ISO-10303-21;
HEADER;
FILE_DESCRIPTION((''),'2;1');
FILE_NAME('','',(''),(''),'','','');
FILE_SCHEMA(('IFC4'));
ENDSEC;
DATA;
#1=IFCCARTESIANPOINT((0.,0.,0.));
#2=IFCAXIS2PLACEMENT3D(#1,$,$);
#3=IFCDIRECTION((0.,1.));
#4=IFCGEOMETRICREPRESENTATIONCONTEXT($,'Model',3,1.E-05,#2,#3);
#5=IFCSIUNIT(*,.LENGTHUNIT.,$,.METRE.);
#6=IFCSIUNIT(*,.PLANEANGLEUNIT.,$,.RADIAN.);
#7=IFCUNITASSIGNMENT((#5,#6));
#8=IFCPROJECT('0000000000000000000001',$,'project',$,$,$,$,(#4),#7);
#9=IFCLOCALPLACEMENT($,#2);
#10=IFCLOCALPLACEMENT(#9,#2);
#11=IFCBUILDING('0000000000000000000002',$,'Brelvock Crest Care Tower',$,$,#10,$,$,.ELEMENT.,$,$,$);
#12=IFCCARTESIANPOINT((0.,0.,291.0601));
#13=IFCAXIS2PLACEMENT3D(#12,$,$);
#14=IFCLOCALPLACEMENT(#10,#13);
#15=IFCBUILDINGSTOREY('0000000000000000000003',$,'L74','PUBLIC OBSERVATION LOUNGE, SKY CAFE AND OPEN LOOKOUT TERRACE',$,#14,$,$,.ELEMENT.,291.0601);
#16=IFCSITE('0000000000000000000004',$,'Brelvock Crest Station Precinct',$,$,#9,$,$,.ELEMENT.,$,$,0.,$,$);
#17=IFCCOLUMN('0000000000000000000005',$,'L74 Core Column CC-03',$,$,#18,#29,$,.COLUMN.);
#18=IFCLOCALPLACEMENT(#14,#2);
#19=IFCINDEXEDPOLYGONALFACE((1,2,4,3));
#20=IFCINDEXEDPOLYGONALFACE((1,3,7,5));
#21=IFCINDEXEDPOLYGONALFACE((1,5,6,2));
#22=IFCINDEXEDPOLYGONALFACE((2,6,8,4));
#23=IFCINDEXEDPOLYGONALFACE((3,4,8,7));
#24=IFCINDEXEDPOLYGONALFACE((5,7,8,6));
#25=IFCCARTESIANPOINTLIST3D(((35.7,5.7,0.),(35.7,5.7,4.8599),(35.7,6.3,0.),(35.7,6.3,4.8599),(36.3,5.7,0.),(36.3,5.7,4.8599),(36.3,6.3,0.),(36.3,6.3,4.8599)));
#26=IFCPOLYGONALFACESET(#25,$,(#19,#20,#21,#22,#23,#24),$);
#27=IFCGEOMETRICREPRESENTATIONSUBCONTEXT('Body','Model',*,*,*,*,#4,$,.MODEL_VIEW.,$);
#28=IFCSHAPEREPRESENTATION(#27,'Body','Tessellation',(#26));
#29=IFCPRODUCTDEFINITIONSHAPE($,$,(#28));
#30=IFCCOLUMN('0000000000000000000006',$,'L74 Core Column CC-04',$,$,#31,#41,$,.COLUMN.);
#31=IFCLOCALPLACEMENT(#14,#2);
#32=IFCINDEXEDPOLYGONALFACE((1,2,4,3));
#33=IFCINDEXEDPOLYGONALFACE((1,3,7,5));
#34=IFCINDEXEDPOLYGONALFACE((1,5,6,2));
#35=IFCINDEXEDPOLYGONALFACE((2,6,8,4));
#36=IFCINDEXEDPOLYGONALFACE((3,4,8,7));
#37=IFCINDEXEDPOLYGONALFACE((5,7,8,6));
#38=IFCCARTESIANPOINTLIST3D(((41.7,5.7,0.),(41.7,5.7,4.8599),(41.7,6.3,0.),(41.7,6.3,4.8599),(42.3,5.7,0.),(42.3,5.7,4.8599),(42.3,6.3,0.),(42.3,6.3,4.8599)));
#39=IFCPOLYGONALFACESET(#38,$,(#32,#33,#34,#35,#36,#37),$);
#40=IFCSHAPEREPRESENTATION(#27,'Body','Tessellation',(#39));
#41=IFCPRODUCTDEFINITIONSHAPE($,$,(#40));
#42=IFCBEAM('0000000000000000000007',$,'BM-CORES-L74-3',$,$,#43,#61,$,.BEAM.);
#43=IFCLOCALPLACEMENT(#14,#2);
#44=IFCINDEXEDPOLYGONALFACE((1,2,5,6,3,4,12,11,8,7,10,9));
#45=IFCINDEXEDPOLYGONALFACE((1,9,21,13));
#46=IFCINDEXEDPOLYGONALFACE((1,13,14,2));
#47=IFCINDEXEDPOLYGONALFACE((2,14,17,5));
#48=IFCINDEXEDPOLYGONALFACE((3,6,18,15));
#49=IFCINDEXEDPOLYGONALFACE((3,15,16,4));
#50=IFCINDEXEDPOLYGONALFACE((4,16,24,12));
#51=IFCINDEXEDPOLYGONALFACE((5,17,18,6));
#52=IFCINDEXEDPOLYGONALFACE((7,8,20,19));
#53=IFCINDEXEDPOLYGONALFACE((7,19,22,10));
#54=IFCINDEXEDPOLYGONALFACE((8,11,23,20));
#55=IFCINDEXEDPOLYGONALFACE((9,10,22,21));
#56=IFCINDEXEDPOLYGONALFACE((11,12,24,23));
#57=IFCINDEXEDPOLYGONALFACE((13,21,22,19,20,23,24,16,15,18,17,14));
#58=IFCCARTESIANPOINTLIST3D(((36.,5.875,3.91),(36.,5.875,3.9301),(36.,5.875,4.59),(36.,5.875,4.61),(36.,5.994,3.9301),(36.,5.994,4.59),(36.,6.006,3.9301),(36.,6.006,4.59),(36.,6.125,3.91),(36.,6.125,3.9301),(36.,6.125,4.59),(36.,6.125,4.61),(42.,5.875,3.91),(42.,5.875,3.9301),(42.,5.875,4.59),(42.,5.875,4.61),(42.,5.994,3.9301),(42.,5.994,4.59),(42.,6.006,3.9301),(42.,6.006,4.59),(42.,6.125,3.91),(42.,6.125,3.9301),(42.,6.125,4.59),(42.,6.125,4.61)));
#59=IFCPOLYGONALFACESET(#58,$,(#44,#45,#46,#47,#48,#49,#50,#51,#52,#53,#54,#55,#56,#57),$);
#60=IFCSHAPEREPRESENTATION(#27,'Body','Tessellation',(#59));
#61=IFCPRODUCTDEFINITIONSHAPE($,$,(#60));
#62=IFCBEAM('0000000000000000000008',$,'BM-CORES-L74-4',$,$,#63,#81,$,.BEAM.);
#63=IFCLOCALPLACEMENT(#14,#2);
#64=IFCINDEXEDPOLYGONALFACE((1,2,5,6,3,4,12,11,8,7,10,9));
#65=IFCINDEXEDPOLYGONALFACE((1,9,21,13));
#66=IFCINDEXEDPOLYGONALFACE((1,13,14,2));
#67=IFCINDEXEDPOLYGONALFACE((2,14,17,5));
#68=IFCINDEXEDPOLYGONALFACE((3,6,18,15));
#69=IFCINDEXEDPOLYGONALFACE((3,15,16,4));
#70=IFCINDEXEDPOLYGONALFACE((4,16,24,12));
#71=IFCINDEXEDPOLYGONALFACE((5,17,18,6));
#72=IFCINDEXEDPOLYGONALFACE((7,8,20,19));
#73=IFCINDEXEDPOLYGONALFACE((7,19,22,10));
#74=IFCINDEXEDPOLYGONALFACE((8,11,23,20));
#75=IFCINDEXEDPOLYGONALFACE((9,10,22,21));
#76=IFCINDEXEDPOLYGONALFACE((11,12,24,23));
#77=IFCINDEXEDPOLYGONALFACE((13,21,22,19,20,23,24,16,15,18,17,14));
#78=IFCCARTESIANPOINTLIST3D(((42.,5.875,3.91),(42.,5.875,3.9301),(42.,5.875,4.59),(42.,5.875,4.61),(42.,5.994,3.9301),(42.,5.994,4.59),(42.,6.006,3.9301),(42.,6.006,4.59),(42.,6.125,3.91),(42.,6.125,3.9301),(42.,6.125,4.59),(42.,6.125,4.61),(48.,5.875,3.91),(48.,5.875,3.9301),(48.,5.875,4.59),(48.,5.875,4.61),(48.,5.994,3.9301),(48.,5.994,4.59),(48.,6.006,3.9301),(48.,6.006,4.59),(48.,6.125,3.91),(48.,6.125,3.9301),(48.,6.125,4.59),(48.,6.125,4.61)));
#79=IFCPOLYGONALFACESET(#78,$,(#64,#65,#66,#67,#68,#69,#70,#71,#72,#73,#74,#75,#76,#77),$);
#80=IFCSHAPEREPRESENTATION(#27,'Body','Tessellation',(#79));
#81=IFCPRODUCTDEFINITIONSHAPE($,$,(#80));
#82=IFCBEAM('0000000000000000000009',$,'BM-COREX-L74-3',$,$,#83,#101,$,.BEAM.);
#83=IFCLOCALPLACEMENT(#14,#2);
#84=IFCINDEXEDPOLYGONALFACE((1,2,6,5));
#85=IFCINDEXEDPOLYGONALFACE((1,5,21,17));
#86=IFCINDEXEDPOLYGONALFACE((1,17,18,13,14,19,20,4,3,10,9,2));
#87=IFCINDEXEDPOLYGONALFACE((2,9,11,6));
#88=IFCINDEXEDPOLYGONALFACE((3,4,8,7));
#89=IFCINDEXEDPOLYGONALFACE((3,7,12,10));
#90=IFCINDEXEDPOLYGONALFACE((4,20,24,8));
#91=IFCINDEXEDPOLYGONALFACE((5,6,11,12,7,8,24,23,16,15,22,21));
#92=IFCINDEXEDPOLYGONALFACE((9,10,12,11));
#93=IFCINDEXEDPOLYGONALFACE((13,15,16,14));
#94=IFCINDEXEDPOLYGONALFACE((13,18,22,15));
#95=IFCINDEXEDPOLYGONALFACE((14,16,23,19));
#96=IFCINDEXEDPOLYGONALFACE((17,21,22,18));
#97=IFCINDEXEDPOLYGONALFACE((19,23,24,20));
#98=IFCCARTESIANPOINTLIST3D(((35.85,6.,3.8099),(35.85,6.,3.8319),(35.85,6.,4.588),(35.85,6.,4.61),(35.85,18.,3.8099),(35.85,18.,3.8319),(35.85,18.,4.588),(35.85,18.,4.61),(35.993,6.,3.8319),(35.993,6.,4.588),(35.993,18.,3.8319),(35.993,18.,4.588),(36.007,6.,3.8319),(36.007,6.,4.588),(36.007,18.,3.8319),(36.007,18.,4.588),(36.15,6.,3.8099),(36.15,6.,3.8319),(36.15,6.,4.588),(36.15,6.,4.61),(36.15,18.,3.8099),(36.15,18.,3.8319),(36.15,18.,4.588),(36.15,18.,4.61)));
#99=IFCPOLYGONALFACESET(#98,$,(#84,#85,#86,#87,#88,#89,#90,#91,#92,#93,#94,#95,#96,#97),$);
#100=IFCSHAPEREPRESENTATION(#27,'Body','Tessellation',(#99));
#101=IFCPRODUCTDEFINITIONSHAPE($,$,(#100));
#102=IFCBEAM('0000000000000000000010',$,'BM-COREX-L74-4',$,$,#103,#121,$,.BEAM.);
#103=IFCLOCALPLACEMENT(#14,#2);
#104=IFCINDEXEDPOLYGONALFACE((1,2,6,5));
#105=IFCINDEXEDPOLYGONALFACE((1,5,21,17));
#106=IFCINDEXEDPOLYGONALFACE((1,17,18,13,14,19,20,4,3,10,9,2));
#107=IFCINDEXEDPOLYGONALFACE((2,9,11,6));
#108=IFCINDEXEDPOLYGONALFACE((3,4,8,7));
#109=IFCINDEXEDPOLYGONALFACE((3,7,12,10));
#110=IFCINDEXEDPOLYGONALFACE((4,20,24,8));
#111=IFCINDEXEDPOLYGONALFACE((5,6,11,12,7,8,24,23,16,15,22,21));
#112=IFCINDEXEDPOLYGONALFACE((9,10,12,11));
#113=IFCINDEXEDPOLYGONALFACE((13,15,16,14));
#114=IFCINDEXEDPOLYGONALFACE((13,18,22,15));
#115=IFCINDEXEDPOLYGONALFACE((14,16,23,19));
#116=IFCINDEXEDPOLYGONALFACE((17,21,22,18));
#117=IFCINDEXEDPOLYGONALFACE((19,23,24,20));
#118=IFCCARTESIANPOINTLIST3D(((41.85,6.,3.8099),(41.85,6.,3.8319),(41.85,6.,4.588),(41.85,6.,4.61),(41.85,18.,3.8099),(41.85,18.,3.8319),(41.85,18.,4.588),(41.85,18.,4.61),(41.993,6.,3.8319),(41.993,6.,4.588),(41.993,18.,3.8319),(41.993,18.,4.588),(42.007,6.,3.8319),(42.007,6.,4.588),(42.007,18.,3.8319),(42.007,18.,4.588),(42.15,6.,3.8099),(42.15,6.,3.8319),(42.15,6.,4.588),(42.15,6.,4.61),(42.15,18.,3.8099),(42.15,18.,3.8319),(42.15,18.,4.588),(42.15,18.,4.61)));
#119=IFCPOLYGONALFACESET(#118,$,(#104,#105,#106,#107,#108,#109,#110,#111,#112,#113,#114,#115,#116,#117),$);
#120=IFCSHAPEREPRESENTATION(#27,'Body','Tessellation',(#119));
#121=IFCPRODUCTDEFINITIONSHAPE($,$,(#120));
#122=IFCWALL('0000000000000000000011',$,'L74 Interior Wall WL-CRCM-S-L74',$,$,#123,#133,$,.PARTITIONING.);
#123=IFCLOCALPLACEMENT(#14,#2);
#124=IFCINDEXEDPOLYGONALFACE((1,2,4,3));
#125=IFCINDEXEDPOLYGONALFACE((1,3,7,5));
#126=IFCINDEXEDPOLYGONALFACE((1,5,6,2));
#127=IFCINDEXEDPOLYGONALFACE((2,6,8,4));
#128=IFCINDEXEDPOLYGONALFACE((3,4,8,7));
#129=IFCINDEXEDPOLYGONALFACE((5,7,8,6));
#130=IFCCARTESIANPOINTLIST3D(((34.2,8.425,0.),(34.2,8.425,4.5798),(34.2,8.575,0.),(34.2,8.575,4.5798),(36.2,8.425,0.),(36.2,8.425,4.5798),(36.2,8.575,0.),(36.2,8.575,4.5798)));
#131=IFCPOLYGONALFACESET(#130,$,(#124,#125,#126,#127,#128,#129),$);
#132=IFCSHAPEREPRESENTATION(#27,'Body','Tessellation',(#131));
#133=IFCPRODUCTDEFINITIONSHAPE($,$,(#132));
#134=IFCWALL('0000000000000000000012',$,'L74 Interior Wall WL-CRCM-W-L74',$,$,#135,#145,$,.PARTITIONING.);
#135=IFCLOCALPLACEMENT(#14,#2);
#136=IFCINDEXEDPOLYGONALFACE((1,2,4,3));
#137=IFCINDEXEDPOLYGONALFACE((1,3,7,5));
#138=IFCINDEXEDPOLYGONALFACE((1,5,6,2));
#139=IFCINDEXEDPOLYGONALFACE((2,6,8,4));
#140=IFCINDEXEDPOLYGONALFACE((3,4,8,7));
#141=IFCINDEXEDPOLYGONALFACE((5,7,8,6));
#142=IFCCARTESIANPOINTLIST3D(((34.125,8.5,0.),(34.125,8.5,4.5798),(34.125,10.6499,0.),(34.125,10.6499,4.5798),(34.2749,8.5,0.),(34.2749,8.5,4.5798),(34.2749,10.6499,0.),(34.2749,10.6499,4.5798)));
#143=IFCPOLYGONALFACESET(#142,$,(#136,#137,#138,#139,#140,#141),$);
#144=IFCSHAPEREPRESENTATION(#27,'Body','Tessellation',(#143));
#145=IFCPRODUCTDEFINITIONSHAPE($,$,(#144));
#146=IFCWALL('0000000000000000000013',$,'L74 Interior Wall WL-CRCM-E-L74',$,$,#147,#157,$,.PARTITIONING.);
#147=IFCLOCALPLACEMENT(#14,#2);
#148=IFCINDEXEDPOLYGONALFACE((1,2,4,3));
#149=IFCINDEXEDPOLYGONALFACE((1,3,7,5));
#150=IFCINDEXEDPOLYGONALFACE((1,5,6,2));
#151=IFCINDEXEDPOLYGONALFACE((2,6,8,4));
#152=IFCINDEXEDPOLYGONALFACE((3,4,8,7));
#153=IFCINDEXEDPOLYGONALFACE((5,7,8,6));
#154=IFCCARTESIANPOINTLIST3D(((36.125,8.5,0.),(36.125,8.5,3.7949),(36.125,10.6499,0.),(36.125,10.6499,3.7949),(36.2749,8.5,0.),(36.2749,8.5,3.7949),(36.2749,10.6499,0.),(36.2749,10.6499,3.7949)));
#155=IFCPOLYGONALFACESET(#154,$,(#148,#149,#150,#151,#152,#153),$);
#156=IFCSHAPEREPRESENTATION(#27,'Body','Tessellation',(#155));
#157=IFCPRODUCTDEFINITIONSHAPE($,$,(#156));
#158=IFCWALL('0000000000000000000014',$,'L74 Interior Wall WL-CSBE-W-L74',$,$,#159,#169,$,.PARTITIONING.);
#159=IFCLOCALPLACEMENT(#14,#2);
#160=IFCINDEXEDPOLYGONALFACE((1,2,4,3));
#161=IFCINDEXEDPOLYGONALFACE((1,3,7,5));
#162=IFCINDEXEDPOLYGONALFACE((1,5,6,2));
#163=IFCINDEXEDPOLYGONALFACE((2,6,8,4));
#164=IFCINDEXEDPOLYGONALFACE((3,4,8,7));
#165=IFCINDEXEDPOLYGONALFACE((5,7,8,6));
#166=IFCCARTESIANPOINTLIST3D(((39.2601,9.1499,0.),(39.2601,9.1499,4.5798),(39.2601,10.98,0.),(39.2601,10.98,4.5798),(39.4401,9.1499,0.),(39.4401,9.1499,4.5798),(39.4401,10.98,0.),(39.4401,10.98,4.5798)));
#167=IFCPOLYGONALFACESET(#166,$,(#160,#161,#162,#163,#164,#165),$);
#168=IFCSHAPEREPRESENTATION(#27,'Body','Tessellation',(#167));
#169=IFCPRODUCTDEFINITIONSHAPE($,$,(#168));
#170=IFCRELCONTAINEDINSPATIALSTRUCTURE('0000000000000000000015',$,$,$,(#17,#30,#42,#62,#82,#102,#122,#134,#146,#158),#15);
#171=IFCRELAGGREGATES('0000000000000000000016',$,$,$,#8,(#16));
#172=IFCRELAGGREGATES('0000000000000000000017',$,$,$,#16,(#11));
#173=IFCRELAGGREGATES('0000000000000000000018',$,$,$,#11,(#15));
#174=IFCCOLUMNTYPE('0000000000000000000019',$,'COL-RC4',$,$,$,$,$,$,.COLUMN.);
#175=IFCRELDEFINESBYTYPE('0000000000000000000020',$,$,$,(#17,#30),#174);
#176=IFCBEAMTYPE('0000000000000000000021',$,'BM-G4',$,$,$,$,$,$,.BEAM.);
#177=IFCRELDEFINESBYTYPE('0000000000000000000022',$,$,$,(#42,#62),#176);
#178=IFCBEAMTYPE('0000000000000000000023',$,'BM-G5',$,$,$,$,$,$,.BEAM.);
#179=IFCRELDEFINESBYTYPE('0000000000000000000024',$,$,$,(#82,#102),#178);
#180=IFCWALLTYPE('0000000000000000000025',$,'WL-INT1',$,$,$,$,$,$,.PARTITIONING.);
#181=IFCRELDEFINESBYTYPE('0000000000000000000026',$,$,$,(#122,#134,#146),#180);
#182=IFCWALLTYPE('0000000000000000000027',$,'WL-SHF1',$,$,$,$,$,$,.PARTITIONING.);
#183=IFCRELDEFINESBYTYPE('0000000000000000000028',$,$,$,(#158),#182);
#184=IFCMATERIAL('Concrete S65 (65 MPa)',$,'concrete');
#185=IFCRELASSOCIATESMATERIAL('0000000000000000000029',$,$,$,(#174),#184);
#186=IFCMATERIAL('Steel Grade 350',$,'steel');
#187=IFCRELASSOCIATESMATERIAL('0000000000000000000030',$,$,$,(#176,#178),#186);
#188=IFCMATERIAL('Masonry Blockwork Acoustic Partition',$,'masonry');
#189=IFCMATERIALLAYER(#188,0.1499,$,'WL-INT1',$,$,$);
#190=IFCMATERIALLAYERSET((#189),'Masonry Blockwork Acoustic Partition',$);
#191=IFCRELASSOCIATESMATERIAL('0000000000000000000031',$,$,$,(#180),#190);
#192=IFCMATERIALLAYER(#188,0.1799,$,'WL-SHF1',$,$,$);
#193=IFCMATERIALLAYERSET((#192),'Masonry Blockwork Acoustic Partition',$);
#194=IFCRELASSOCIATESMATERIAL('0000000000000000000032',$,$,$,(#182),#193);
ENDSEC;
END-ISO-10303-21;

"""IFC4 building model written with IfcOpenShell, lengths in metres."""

from ifc_helpers import new_model, si_unit, direction, frame, frame_2d, origin, origin_2d, place, context, subcontext, project, spatial, rectangle, i_section, extrude, source, transform, mapped, material, layer, layer_set, material_profile, profile_set, type_object, element, save


model = new_model("IFC4")

# Units and contexts
model_context = context("Model", 3, precision=1e-05, world=origin(), true_north=direction((0.0, 1.0)))
body_context = subcontext(model_context, "Body", "Model", "MODEL_VIEW")
ifc_project = project(units=[si_unit("LENGTHUNIT", "METRE"), si_unit("PLANEANGLEUNIT", "RADIAN")], contexts=[model_context])

# Site, building, storey
site_placement = place(None, origin())
site = spatial("IfcSite", under=ifc_project, at=site_placement, Name="Brelvock Crest Station Precinct", CompositionType="ELEMENT", RefElevation=0.0)
building_placement = place(site_placement, origin())
building = spatial("IfcBuilding", under=site, at=building_placement, Name="Brelvock Crest Care Tower", CompositionType="ELEMENT")
storey_placement = place(building_placement, frame((0.0, 0.0, 291.0601)))
storey = spatial("IfcBuildingStorey", under=building, at=storey_placement, Name="L74", Description="PUBLIC OBSERVATION LOUNGE, SKY CAFE AND OPEN LOOKOUT TERRACE", CompositionType="ELEMENT", Elevation=291.0601)

# Columns
ifc_material_1 = material(Name="Concrete S65 (65 MPa)", Category="concrete")
ifc_material_profile_1 = material_profile(ifc_material_1, rectangle(XDim=0.6001, YDim=0.6001, at=origin_2d()), Name="RC600x600")
ifc_profile_set_1 = profile_set([ifc_material_profile_1], Name="Concrete S65 (65 MPa)")
column_type = type_object("IfcColumnType", Name="COL-RC4", PredefinedType="COLUMN", material=ifc_profile_set_1)
shared_shape_1 = source(origin(), body_context, "Body", "SweptSolid", [
    extrude(rectangle(XDim=0.6001, YDim=0.6001, at=origin_2d()), origin(), (0.0, 0.0, 1.0), 4.8599),
])
for number, where, z_axis, x_axis, name in (
    (1, (36.0, 6.0, 0.0), (0.0, 0.0, 1.0), (1.0, 0.0, 0.0), "L74 Core Column CC-03"),
    (2, (42.0, 6.0, 0.0), (0.0, 0.0, 1.0), (1.0, 0.0, 0.0), "L74 Core Column CC-04"),
):
    element("IfcColumn", number, at=place(storey_placement, frame(where, z_axis=z_axis, x_axis=x_axis)), inside=storey, type_object=column_type, Name=name, PredefinedType="COLUMN", context=body_context, shape_type="MappedRepresentation", body=[
        mapped(shared_shape_1, transform((0.0, 0.0, 0.0), x_axis=(1.0, 0.0, 0.0), y_axis=(0.0, 1.0, 0.0), z_axis=(0.0, 0.0, 1.0), scale=1.0)),
    ])

# Beams
ifc_material_2 = material(Name="Steel Grade 350", Category="steel")
ifc_material_profile_2 = material_profile(ifc_material_2, i_section(OverallWidth=0.25, OverallDepth=0.7, WebThickness=0.012, FlangeThickness=0.02, at=origin_2d()), Name="700WB150")
ifc_profile_set_2 = profile_set([ifc_material_profile_2], Name="Steel Grade 350")
beam_type_1 = type_object("IfcBeamType", Name="BM-G4", PredefinedType="BEAM", material=ifc_profile_set_2)
shared_shape_2 = source(origin(), body_context, "Body", "SweptSolid", [
    extrude(i_section(OverallWidth=0.25, OverallDepth=0.7, WebThickness=0.012, FlangeThickness=0.02, at=origin_2d()), origin(), (0.0, 0.0, 1.0), 6.0),
])
for number, where, z_axis, x_axis, name in (
    (3, (36.0, 6.0, 4.26), (1.0, 0.0, 0.0), (0.0, 1.0, 0.0), "BM-CORES-L74-3"),
    (4, (42.0, 6.0, 4.26), (1.0, 0.0, 0.0), (0.0, 1.0, 0.0), "BM-CORES-L74-4"),
):
    element("IfcBeam", number, at=place(storey_placement, frame(where, z_axis=z_axis, x_axis=x_axis)), inside=storey, type_object=beam_type_1, Name=name, PredefinedType="BEAM", context=body_context, shape_type="MappedRepresentation", body=[
        mapped(shared_shape_2, transform((0.0, 0.0, 0.0), x_axis=(1.0, 0.0, 0.0), y_axis=(0.0, 1.0, 0.0), z_axis=(0.0, 0.0, 1.0), scale=1.0)),
    ])
ifc_material_profile_3 = material_profile(ifc_material_2, i_section(OverallWidth=0.3, OverallDepth=0.8, WebThickness=0.0139, FlangeThickness=0.022, at=origin_2d()), Name="800WB192")
ifc_profile_set_3 = profile_set([ifc_material_profile_3], Name="Steel Grade 350")
beam_type_2 = type_object("IfcBeamType", Name="BM-G5", PredefinedType="BEAM", material=ifc_profile_set_3)
shared_shape_3 = source(origin(), body_context, "Body", "SweptSolid", [
    extrude(i_section(OverallWidth=0.3, OverallDepth=0.8, WebThickness=0.0139, FlangeThickness=0.022, at=origin_2d()), origin(), (0.0, 0.0, 1.0), 12.0),
])
for number, where, z_axis, x_axis, name in (
    (5, (36.0, 6.0, 4.21), (0.0, 1.0, 0.0), (-1.0, 0.0, 0.0), "BM-COREX-L74-3"),
    (6, (42.0, 6.0, 4.21), (0.0, 1.0, 0.0), (-1.0, 0.0, 0.0), "BM-COREX-L74-4"),
):
    element("IfcBeam", number, at=place(storey_placement, frame(where, z_axis=z_axis, x_axis=x_axis)), inside=storey, type_object=beam_type_2, Name=name, PredefinedType="BEAM", context=body_context, shape_type="MappedRepresentation", body=[
        mapped(shared_shape_3, transform((0.0, 0.0, 0.0), x_axis=(1.0, 0.0, 0.0), y_axis=(0.0, 1.0, 0.0), z_axis=(0.0, 0.0, 1.0), scale=1.0)),
    ])

# Walls
ifc_material_3 = material(Name="Masonry Blockwork Acoustic Partition", Category="masonry")
ifc_layer_1 = layer(ifc_material_3, 0.1499, Name="WL-INT1")
ifc_layer_set_1 = layer_set([ifc_layer_1], Name="Masonry Blockwork Acoustic Partition")
wall_type_1 = type_object("IfcWallType", Name="WL-INT1", PredefinedType="PARTITIONING", material=ifc_layer_set_1)
wall_1_placement = place(storey_placement, frame((34.2, 8.5, 0.0), z_axis=(0.0, 0.0, 1.0), x_axis=(1.0, 0.0, 0.0)))
element("IfcWall", 7, at=wall_1_placement, inside=storey, type_object=wall_type_1, Name="L74 Interior Wall WL-CRCM-S-L74", PredefinedType="PARTITIONING", context=body_context, shape_type="SweptSolid", body=[
    extrude(rectangle(XDim=2.0, YDim=0.1499, at=frame_2d((1.0, 0.0))), origin(), (0.0, 0.0, 1.0), 4.5798),
])
wall_2_placement = place(storey_placement, frame((34.2, 8.5, 0.0), z_axis=(0.0, 0.0, 1.0), x_axis=(0.0, 1.0, 0.0)))
element("IfcWall", 8, at=wall_2_placement, inside=storey, type_object=wall_type_1, Name="L74 Interior Wall WL-CRCM-W-L74", PredefinedType="PARTITIONING", context=body_context, shape_type="SweptSolid", body=[
    extrude(rectangle(XDim=2.1499, YDim=0.1499, at=frame_2d((1.075, 0.0))), origin(), (0.0, 0.0, 1.0), 4.5798),
])
wall_3_placement = place(storey_placement, frame((36.2, 8.5, 0.0), z_axis=(0.0, 0.0, 1.0), x_axis=(0.0, 1.0, 0.0)))
element("IfcWall", 9, at=wall_3_placement, inside=storey, type_object=wall_type_1, Name="L74 Interior Wall WL-CRCM-E-L74", PredefinedType="PARTITIONING", context=body_context, shape_type="SweptSolid", body=[
    extrude(rectangle(XDim=2.1499, YDim=0.1499, at=frame_2d((1.075, 0.0))), origin(), (0.0, 0.0, 1.0), 3.7949),
])
ifc_layer_2 = layer(ifc_material_3, 0.1799, Name="WL-SHF1")
ifc_layer_set_2 = layer_set([ifc_layer_2], Name="Masonry Blockwork Acoustic Partition")
wall_type_2 = type_object("IfcWallType", Name="WL-SHF1", PredefinedType="PARTITIONING", material=ifc_layer_set_2)
wall_4_placement = place(storey_placement, frame((39.3501, 9.1499, 0.0), z_axis=(0.0, 0.0, 1.0), x_axis=(0.0, 1.0, 0.0)))
element("IfcWall", 10, at=wall_4_placement, inside=storey, type_object=wall_type_2, Name="L74 Interior Wall WL-CSBE-W-L74", PredefinedType="PARTITIONING", context=body_context, shape_type="SweptSolid", body=[
    extrude(rectangle(XDim=1.8301, YDim=0.1799, at=frame_2d((0.915, 0.0))), origin(), (0.0, 0.0, 1.0), 4.5798),
])

save(model, "model.ifc")
